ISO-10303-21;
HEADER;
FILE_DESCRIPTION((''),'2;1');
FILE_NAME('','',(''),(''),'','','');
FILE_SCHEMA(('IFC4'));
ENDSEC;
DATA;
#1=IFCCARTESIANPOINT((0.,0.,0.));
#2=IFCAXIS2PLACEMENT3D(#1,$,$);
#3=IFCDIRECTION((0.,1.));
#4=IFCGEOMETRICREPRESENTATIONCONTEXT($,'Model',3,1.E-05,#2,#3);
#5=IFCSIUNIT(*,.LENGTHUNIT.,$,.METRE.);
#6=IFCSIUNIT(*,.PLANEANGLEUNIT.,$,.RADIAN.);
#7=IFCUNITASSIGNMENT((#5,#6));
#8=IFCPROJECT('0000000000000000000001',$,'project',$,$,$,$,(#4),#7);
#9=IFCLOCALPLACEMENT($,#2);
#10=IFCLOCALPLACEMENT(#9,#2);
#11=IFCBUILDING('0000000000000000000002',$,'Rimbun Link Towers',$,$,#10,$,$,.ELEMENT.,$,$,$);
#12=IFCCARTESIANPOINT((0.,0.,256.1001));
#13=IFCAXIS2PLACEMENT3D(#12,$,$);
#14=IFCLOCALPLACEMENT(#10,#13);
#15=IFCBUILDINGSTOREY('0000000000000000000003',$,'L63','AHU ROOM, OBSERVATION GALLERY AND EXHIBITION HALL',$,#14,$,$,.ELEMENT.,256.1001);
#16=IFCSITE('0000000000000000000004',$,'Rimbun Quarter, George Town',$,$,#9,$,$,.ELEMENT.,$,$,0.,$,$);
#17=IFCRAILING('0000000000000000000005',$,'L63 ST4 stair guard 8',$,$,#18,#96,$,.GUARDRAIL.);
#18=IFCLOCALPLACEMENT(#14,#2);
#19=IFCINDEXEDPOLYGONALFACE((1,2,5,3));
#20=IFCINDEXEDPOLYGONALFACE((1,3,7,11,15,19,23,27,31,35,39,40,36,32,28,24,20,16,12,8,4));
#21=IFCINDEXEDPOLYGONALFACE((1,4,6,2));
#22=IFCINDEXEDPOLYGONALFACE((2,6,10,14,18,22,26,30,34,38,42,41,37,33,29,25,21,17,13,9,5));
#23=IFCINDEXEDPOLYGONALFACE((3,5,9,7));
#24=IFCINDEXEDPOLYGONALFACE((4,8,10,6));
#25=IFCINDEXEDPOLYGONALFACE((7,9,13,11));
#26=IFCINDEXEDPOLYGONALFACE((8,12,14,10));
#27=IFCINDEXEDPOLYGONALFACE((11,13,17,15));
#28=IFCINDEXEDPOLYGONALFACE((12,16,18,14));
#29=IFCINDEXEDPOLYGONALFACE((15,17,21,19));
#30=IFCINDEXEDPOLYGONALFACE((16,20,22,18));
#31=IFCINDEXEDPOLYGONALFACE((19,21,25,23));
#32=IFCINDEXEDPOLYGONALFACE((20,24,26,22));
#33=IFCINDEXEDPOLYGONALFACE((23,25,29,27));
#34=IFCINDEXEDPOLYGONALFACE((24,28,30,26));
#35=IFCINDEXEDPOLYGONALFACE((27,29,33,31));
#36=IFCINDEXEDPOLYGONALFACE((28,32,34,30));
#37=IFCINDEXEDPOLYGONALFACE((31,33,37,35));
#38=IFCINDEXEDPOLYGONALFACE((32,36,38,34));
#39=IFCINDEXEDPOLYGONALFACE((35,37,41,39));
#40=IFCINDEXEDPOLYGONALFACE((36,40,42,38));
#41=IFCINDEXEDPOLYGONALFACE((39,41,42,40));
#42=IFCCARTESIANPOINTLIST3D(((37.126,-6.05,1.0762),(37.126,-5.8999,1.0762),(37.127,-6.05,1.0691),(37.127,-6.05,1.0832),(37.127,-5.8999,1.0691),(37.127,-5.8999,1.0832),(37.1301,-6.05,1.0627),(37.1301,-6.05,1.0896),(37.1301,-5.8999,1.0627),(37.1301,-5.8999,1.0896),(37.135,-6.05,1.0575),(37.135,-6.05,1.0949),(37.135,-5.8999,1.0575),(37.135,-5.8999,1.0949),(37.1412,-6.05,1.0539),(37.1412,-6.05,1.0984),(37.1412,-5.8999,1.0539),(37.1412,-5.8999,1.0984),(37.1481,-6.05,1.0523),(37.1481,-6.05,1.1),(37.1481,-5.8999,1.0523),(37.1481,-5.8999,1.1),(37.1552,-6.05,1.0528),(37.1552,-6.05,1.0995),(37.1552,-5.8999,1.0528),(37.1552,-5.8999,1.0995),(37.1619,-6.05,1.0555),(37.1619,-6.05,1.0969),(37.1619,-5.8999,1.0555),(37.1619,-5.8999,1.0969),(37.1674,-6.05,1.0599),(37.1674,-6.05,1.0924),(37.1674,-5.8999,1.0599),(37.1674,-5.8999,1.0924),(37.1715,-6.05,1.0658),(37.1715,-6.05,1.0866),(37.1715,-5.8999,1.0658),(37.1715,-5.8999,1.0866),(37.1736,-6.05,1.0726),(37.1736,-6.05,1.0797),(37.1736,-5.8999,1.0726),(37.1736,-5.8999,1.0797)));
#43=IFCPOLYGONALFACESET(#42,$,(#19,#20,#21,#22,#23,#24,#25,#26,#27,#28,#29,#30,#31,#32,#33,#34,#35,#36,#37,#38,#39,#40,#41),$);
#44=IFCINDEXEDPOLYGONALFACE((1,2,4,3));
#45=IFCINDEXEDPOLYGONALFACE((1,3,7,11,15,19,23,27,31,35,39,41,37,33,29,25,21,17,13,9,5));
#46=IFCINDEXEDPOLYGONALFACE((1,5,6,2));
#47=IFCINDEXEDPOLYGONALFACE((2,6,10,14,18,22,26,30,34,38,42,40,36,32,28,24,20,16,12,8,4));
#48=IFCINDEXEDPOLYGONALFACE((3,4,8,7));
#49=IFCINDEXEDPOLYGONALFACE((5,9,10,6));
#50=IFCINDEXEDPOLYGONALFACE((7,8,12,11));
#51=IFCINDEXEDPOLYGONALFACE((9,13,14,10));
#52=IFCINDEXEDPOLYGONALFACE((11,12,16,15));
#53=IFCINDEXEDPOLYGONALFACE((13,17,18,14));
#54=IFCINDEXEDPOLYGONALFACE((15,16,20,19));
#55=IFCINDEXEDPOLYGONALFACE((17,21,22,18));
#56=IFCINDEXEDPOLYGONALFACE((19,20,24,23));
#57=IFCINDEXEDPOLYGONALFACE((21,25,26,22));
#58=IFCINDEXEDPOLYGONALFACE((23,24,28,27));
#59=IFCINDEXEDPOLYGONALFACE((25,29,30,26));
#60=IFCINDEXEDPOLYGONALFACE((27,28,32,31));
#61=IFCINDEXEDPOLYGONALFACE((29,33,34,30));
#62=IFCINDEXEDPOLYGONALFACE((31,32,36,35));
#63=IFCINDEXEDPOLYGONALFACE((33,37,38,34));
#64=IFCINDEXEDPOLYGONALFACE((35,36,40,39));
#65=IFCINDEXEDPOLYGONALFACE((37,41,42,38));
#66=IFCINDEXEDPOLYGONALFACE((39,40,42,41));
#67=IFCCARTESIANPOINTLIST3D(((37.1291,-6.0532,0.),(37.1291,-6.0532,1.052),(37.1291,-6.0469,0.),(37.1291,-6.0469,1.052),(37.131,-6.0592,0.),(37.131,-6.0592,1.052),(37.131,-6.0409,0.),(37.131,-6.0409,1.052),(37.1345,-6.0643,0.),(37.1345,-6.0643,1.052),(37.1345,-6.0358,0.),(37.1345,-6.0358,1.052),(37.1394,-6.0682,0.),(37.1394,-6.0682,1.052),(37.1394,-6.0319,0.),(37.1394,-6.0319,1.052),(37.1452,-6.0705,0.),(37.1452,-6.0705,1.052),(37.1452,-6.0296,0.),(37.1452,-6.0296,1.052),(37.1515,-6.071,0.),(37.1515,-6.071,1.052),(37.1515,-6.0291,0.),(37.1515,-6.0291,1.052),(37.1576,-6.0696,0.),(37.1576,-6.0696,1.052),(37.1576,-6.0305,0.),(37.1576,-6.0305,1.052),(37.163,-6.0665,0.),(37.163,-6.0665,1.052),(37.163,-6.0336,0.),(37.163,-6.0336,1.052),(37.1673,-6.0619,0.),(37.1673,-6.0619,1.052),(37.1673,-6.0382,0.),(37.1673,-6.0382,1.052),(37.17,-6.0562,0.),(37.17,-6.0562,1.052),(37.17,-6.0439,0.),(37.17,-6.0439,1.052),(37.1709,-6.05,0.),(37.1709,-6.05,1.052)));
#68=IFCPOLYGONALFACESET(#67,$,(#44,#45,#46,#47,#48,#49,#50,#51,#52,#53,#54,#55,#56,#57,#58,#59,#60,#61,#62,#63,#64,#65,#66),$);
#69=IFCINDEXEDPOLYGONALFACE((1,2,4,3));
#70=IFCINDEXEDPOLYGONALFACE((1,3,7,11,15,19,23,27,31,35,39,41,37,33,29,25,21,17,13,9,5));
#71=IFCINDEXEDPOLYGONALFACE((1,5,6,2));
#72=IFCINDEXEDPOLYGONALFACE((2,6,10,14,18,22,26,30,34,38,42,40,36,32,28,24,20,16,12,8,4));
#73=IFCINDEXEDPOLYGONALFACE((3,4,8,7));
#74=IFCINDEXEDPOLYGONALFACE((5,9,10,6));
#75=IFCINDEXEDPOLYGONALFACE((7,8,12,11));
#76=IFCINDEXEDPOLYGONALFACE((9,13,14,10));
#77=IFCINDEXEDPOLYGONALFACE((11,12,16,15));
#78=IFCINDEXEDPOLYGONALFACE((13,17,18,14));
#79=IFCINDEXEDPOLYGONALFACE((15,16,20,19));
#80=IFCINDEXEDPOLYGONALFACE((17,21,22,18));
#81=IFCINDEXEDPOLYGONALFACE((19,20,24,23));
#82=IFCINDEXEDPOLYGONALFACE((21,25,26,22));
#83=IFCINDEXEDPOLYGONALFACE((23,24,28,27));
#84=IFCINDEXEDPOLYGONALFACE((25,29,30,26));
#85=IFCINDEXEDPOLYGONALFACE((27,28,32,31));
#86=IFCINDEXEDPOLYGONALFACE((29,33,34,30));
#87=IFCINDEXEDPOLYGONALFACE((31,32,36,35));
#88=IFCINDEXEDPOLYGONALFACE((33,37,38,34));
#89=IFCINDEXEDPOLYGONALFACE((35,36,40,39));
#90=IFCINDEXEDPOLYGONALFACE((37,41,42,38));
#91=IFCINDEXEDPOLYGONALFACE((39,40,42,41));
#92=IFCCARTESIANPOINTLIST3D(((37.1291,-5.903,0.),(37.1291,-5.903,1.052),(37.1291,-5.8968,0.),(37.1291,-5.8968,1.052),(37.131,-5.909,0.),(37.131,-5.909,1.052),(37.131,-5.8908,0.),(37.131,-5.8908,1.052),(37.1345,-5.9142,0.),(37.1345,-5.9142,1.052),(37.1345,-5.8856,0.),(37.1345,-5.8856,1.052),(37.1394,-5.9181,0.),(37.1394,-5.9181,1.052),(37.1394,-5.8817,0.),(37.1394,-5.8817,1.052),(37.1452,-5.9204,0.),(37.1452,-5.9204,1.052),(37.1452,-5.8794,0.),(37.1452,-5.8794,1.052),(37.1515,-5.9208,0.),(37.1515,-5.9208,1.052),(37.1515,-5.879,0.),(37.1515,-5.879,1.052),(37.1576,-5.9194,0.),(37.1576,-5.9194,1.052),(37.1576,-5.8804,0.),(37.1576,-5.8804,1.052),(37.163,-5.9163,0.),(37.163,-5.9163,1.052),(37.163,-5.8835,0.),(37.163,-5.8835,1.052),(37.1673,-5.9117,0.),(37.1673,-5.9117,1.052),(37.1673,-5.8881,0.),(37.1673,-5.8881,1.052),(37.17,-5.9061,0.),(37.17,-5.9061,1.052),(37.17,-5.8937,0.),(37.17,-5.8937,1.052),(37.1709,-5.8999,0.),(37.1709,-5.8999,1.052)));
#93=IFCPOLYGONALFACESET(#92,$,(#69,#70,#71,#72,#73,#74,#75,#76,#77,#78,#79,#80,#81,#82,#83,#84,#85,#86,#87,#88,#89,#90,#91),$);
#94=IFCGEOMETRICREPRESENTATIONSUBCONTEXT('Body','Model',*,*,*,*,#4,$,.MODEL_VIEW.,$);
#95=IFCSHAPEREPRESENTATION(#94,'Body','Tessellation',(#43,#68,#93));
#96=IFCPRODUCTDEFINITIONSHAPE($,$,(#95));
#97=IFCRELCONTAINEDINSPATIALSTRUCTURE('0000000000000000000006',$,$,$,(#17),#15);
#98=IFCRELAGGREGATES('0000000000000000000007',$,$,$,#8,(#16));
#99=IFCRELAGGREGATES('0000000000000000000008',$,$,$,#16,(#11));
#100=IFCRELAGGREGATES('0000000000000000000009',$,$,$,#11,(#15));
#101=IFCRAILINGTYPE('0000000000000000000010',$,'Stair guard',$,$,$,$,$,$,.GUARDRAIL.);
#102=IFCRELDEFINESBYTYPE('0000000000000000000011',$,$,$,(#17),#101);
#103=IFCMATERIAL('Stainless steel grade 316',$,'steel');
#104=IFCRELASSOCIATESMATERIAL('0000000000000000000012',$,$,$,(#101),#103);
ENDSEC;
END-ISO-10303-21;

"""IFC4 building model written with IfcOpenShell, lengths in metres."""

from ifc_helpers import new_model, si_unit, direction, frame, origin, origin_2d, place, context, subcontext, project, spatial, circle, extrude, material, type_object, element, save


model = new_model("IFC4")

# Units and contexts
model_context = context("Model", 3, precision=1e-05, world=origin(), true_north=direction((0.0, 1.0)))
body_context = subcontext(model_context, "Body", "Model", "MODEL_VIEW")
ifc_project = project(units=[si_unit("LENGTHUNIT", "METRE"), si_unit("PLANEANGLEUNIT", "RADIAN")], contexts=[model_context])

# Site, building, storey
site_placement = place(None, origin())
site = spatial("IfcSite", under=ifc_project, at=site_placement, Name="Rimbun Quarter, George Town", CompositionType="ELEMENT", RefElevation=0.0)
building_placement = place(site_placement, origin())
building = spatial("IfcBuilding", under=site, at=building_placement, Name="Rimbun Link Towers", CompositionType="ELEMENT")
storey_placement = place(building_placement, frame((0.0, 0.0, 256.1001)))
storey = spatial("IfcBuildingStorey", under=building, at=storey_placement, Name="L63", Description="AHU ROOM, OBSERVATION GALLERY AND EXHIBITION HALL", CompositionType="ELEMENT", Elevation=256.1001)

# Railing
ifc_material_1 = material(Name="Stainless steel grade 316", Category="steel")
railing_type_1 = type_object("IfcRailingType", Name="Stair guard", PredefinedType="GUARDRAIL", material=ifc_material_1)
railing_1_placement = place(storey_placement, frame((37.1499, -6.05, 0.0)))
element("IfcRailing", 1, at=railing_1_placement, inside=storey, type_object=railing_type_1, Name="L63 ST4 stair guard 8", PredefinedType="GUARDRAIL", context=body_context, shape_type="SweptSolid", body=[
    extrude(circle(Radius=0.0239, at=origin_2d()), frame((0.0, 0.0, 1.0762), z_axis=(0.0, 1.0, 0.0), x_axis=(-1.0, 0.0, 0.0)), (0.0, 0.0, 1.0), 0.1501),
    extrude(circle(Radius=0.021, at=origin_2d()), origin(), (0.0, 0.0, 1.0), 1.052),
    extrude(circle(Radius=0.021, at=origin_2d()), frame((0.0, 0.1501, 0.0)), (0.0, 0.0, 1.0), 1.052),
])

save(model, "model.ifc")
